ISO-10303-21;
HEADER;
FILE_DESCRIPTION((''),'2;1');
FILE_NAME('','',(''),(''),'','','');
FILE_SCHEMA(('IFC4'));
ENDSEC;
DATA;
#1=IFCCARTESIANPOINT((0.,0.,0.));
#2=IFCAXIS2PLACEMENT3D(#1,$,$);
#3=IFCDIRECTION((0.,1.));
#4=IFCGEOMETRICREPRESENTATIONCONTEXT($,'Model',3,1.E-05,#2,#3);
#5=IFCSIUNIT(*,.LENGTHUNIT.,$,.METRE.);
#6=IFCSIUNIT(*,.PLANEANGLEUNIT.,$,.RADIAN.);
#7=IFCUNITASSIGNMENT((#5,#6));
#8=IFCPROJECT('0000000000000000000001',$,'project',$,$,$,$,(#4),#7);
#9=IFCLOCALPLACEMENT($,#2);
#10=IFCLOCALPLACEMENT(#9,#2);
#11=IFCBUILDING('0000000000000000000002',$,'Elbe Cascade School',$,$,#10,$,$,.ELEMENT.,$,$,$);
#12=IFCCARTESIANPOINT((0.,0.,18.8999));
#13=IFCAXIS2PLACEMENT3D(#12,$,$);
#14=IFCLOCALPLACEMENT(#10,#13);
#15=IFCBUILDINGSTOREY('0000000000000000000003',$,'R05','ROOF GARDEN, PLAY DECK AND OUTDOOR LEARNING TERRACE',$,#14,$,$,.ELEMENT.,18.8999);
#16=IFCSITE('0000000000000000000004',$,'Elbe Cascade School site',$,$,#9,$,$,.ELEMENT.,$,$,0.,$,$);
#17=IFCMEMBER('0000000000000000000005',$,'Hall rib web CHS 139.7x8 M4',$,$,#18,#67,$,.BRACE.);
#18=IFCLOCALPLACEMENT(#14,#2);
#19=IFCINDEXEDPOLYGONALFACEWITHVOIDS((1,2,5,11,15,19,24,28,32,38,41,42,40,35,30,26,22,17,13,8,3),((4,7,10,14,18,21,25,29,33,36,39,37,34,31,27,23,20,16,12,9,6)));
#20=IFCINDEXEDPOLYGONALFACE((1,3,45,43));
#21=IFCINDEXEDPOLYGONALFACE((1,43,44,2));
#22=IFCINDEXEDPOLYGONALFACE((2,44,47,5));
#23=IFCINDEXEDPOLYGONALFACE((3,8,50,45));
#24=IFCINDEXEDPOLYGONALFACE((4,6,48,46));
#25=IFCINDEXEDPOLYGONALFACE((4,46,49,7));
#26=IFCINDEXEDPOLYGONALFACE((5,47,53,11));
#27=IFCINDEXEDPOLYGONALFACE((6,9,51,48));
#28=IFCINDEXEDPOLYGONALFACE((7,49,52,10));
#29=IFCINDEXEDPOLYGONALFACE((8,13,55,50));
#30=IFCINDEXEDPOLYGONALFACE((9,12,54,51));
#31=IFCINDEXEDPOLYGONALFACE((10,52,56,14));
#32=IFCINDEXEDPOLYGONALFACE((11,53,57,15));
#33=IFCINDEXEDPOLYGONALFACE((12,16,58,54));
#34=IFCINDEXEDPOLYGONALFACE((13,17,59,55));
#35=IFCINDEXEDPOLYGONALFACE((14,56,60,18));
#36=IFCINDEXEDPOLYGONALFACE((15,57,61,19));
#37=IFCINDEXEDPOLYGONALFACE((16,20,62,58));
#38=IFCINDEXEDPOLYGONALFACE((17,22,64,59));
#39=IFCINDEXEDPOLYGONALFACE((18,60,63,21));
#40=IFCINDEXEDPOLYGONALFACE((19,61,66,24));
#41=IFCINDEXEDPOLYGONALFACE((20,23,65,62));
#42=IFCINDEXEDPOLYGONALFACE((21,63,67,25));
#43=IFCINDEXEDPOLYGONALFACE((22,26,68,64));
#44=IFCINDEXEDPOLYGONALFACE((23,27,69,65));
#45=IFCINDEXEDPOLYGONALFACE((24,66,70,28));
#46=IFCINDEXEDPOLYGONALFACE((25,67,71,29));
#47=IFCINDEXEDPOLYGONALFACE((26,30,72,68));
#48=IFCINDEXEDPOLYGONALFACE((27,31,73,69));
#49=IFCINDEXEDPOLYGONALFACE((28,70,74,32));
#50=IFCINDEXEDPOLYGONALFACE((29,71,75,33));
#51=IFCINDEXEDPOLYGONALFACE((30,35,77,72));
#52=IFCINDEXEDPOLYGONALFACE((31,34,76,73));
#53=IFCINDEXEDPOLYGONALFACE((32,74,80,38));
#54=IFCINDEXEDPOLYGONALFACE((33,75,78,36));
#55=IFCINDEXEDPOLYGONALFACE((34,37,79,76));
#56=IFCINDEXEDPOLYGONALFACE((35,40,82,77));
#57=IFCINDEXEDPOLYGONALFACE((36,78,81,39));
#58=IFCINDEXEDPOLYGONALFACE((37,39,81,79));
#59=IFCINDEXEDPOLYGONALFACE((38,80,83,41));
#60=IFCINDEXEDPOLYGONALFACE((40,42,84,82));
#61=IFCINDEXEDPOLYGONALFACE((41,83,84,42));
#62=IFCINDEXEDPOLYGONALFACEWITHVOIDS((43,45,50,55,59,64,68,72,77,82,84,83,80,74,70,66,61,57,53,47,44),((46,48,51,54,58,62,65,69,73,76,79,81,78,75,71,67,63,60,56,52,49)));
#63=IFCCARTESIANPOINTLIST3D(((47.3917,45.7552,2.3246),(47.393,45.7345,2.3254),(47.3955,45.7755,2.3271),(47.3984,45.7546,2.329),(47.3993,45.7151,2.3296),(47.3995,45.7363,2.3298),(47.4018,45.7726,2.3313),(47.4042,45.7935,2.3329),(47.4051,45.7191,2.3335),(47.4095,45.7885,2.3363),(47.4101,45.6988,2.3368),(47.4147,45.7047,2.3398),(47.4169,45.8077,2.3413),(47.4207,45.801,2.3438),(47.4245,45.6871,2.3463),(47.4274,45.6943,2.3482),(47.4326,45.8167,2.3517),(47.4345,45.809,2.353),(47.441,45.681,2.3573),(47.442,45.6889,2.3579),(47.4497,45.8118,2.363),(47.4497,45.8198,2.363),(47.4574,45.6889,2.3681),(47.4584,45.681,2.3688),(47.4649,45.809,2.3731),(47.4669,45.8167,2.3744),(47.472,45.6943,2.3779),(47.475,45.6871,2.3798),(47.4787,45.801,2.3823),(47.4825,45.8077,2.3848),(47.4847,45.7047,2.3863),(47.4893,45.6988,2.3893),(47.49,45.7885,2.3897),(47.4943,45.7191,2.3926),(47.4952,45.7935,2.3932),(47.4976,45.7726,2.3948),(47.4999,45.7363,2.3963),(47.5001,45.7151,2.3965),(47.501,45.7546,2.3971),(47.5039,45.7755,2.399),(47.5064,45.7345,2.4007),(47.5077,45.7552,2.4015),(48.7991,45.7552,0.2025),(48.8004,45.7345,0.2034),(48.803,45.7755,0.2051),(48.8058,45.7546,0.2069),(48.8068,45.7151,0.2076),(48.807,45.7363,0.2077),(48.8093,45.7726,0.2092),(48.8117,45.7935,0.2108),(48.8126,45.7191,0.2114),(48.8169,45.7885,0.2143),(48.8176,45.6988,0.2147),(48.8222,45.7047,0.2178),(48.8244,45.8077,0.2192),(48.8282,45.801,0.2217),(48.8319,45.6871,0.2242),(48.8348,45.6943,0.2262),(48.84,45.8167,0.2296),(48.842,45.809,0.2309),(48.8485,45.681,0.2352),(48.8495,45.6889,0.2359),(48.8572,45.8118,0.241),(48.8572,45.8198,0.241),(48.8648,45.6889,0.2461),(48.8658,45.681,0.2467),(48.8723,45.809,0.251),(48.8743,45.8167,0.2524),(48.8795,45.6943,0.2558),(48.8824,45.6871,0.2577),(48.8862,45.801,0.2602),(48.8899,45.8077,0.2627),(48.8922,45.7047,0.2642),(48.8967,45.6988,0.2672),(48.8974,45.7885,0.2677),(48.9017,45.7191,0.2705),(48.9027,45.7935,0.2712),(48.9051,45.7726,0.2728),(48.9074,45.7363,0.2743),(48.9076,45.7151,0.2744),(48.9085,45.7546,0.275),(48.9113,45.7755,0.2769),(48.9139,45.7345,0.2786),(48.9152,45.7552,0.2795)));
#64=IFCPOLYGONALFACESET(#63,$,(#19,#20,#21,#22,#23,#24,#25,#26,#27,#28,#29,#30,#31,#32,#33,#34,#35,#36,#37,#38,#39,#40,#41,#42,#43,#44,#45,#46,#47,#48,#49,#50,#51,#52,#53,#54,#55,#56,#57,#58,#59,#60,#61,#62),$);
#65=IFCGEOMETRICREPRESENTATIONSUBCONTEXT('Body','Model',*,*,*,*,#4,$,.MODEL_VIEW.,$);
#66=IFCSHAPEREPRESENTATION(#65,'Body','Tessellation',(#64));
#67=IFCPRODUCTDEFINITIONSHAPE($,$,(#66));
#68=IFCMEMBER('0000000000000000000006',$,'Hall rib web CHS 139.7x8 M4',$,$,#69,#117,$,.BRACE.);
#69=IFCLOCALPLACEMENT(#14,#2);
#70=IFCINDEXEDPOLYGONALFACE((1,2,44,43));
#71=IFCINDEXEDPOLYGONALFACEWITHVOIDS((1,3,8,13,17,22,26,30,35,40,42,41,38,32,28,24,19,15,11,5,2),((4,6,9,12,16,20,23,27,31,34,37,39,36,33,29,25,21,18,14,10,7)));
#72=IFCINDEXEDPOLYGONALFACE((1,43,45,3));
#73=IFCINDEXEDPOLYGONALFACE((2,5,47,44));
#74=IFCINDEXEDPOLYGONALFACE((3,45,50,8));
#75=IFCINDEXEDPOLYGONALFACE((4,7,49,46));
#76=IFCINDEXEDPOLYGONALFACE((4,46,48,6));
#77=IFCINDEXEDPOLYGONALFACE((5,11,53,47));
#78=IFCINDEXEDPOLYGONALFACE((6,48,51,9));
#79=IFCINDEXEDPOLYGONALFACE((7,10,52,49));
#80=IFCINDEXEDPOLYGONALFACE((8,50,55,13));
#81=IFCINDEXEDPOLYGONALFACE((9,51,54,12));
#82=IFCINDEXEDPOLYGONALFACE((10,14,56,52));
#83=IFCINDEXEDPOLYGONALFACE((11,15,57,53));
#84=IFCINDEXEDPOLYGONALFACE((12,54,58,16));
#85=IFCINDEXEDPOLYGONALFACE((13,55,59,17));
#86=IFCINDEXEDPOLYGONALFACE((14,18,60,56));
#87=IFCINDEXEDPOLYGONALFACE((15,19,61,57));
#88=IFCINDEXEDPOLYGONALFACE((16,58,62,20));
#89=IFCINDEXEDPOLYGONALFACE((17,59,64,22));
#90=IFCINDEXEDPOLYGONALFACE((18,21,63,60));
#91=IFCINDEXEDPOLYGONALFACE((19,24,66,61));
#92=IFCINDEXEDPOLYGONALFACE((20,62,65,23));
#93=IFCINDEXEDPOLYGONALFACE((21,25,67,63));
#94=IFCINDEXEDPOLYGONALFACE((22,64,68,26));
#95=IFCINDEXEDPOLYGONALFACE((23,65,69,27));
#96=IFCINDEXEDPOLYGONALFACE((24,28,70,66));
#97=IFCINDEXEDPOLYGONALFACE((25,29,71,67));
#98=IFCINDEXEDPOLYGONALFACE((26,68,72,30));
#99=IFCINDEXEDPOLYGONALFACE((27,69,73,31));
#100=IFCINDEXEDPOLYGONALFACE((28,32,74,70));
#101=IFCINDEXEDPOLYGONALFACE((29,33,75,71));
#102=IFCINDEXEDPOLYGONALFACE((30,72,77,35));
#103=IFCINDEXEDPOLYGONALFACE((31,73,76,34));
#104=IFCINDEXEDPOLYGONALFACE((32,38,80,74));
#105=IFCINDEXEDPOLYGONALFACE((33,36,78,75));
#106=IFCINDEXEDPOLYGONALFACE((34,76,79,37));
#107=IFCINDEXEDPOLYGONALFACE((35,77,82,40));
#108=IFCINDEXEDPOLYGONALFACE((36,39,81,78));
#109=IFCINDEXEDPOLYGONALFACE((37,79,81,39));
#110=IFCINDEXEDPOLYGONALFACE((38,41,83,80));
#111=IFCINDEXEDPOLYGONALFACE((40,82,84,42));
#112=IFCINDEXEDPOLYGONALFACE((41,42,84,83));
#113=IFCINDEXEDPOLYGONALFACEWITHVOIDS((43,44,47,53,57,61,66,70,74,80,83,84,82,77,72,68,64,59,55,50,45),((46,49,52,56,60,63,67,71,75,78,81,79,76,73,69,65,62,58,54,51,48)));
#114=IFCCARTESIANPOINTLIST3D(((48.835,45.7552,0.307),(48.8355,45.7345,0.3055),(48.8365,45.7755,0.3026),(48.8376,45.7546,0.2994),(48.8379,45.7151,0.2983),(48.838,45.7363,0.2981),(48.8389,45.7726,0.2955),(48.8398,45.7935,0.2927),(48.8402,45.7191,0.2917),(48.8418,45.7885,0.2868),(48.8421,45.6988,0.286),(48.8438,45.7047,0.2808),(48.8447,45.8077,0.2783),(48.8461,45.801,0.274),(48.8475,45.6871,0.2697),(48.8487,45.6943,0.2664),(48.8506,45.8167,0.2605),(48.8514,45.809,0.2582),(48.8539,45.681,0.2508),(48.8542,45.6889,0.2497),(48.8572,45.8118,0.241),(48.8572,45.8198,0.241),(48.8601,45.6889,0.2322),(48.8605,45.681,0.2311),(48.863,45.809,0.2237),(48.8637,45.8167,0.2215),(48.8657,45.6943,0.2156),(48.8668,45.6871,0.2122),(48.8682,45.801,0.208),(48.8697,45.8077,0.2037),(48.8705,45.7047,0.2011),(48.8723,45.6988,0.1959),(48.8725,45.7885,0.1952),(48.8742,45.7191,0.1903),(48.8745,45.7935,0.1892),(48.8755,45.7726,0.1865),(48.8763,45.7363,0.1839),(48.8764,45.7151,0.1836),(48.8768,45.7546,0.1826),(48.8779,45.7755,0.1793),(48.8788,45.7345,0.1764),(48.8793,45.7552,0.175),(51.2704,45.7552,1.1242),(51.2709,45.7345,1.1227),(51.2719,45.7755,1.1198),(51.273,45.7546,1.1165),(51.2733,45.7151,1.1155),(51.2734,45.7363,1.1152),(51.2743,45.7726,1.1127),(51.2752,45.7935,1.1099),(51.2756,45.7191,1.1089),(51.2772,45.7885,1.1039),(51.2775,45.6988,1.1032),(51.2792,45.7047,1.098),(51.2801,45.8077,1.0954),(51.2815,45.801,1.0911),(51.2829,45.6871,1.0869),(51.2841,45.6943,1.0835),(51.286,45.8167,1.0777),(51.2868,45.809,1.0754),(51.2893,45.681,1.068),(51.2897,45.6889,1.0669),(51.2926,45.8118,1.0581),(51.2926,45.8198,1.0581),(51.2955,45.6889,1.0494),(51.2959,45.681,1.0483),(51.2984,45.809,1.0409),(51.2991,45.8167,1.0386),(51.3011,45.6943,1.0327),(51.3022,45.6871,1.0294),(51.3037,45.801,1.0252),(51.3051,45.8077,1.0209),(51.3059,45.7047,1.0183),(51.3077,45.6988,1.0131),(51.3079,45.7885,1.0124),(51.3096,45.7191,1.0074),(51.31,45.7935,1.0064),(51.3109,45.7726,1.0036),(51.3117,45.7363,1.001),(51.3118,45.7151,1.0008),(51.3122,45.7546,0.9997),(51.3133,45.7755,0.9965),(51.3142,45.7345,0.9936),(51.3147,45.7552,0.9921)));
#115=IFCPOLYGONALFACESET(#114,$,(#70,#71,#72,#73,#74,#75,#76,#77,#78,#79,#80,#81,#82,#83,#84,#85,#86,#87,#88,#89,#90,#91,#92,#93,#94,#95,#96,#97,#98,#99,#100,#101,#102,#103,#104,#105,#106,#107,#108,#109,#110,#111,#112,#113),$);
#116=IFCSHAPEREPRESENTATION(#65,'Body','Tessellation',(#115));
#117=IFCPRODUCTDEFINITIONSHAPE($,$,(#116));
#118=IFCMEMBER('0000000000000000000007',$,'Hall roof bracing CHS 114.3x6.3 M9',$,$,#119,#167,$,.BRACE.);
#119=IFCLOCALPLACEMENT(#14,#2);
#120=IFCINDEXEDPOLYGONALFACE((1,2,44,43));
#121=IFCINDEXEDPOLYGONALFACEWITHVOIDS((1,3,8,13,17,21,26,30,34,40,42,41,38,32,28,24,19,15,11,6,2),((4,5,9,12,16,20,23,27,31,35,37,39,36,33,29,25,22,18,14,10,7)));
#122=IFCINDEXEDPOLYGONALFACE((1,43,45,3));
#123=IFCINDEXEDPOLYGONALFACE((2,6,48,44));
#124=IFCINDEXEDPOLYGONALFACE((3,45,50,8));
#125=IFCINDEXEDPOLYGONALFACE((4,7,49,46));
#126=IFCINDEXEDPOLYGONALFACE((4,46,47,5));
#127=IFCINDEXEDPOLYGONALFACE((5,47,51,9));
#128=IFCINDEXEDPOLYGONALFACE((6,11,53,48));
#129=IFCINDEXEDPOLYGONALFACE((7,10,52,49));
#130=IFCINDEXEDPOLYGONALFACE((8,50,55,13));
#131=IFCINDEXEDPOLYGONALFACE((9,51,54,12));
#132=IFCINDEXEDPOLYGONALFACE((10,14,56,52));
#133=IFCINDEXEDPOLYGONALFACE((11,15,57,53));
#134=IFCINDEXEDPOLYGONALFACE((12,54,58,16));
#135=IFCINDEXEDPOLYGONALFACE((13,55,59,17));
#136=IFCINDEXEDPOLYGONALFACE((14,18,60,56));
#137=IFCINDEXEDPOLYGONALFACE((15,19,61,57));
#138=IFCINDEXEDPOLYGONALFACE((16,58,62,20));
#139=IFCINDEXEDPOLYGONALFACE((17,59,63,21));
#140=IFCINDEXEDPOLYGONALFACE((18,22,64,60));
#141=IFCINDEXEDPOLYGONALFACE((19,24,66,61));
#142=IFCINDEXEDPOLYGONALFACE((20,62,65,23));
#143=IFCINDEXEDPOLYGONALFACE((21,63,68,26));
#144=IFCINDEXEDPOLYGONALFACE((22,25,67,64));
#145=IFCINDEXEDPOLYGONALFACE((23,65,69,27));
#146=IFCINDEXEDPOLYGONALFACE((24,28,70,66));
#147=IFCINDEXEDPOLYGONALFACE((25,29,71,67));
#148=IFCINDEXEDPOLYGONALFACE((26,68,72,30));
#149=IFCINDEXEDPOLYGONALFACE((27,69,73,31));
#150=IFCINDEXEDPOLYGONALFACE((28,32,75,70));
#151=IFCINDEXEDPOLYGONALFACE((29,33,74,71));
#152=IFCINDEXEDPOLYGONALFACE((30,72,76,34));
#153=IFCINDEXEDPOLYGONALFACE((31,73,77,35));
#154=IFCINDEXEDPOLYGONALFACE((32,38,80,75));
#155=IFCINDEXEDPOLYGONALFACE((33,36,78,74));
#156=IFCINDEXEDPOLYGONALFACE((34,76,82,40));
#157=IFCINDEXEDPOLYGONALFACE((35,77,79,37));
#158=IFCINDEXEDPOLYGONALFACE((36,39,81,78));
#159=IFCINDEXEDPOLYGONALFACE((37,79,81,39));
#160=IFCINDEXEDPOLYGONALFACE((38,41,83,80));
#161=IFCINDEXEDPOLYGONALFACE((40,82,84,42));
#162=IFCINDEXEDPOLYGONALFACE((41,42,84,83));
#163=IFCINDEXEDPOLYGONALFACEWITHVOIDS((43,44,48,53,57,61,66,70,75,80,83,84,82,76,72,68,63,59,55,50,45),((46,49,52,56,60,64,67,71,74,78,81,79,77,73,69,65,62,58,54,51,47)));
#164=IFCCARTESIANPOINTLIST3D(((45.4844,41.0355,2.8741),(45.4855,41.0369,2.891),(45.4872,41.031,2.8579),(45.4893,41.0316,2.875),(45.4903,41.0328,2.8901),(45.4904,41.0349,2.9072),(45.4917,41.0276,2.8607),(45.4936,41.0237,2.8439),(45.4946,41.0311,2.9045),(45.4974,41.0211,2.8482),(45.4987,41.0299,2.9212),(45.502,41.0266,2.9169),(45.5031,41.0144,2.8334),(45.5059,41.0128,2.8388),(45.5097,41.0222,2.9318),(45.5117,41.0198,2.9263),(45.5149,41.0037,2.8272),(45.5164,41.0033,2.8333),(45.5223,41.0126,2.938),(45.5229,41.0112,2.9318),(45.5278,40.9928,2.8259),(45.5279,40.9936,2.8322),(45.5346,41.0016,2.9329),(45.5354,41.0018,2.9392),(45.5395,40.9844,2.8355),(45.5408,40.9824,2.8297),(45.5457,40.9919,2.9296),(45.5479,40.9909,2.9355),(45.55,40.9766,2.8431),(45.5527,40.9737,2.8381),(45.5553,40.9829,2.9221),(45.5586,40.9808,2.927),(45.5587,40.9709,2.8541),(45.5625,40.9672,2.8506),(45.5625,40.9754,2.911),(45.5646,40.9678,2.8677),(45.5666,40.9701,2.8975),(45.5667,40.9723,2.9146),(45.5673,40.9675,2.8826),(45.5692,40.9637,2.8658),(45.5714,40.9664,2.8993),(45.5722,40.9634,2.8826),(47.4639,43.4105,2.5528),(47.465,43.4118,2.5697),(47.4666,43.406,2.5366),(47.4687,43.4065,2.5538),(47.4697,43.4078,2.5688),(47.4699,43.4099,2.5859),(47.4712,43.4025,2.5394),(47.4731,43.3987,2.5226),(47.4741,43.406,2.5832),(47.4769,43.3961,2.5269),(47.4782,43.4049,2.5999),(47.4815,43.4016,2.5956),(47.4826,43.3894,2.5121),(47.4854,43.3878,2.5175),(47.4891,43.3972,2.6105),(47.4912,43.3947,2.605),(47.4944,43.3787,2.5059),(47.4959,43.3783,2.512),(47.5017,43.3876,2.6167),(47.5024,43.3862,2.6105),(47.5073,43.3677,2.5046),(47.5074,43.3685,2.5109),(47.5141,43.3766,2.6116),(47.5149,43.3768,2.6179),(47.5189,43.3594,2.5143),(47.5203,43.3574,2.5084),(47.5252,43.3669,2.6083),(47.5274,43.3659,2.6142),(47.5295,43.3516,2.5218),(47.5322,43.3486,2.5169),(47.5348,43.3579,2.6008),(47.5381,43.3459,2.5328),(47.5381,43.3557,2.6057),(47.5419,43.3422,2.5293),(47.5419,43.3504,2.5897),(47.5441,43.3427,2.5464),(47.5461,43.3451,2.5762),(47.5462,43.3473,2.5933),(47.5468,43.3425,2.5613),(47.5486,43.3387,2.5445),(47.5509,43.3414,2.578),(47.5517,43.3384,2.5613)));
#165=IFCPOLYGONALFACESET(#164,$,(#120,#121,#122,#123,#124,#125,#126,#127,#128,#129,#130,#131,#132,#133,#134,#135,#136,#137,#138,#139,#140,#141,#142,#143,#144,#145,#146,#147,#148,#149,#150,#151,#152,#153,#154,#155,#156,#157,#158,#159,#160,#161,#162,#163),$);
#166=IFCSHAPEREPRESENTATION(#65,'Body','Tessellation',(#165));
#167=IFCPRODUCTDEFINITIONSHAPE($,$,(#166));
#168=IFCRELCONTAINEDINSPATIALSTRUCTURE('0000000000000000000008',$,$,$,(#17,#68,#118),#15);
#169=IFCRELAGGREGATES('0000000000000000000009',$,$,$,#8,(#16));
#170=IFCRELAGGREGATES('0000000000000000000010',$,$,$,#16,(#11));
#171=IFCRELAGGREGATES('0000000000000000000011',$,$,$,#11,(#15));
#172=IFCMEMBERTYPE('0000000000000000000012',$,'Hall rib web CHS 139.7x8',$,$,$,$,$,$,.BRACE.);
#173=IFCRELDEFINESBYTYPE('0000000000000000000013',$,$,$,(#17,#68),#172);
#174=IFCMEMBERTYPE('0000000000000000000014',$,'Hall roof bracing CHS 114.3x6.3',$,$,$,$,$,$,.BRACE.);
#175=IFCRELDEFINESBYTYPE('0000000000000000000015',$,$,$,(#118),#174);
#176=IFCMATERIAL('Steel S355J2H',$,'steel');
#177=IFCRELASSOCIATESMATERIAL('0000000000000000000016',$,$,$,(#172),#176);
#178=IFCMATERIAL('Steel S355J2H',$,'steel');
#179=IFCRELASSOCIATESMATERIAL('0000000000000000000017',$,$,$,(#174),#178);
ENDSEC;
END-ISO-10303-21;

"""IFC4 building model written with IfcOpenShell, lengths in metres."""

from ifc_helpers import new_model, si_unit, direction, frame, origin, origin_2d, place, context, subcontext, project, spatial, hollow_circle, extrude, material, material_profile, profile_set, type_object, element, save


model = new_model("IFC4")

# Units and contexts
model_context = context("Model", 3, precision=1e-05, world=origin(), true_north=direction((0.0, 1.0)))
body_context = subcontext(model_context, "Body", "Model", "MODEL_VIEW")
ifc_project = project(units=[si_unit("LENGTHUNIT", "METRE"), si_unit("PLANEANGLEUNIT", "RADIAN")], contexts=[model_context])

# Site, building, storey
site_placement = place(None, origin())
site = spatial("IfcSite", under=ifc_project, at=site_placement, Name="Elbe Cascade School site", CompositionType="ELEMENT", RefElevation=0.0)
building_placement = place(site_placement, origin())
building = spatial("IfcBuilding", under=site, at=building_placement, Name="Elbe Cascade School", CompositionType="ELEMENT")
storey_placement = place(building_placement, frame((0.0, 0.0, 18.8999)))
storey = spatial("IfcBuildingStorey", under=building, at=storey_placement, Name="R05", Description="ROOF GARDEN, PLAY DECK AND OUTDOOR LEARNING TERRACE", CompositionType="ELEMENT", Elevation=18.8999)

# Members
ifc_material_1 = material(Name="Steel S355J2H", Category="steel")
ifc_material_profile_1 = material_profile(ifc_material_1, hollow_circle(Radius=0.0698, WallThickness=0.0081, at=origin_2d()), Name="CHS 139.7x8")
ifc_profile_set_1 = profile_set([ifc_material_profile_1], Name="Steel S355J2H")
member_type_1 = type_object("IfcMemberType", Name="Hall rib web CHS 139.7x8", PredefinedType="BRACE", material=ifc_profile_set_1)
member_1_placement = place(storey_placement, frame((47.4497, 45.75, 2.363), z_axis=(0.552729, 0.0, -0.833361), x_axis=(0.0, 1.0, 0.0)))
element("IfcMember", 1, at=member_1_placement, inside=storey, type_object=member_type_1, Name="Hall rib web CHS 139.7x8 M4", PredefinedType="BRACE", context=body_context, shape_type="SweptSolid", body=[
    extrude(hollow_circle(Radius=0.0698, WallThickness=0.0081, at=origin_2d()), origin(), (0.0, 0.0, 1.0), 2.5464),
])
member_2_placement = place(storey_placement, frame((48.8572, 45.75, 0.241), z_axis=(0.948054, 0.0, 0.318109), x_axis=(0.0, 1.0, 0.0)))
element("IfcMember", 2, at=member_2_placement, inside=storey, type_object=member_type_1, Name="Hall rib web CHS 139.7x8 M4", PredefinedType="BRACE", context=body_context, shape_type="SweptSolid", body=[
    extrude(hollow_circle(Radius=0.0698, WallThickness=0.0081, at=origin_2d()), origin(), (0.0, 0.0, 1.0), 2.5688),
])
ifc_material_2 = material(Name="Steel S355J2H", Category="steel")
ifc_material_profile_2 = material_profile(ifc_material_2, hollow_circle(Radius=0.0571, WallThickness=0.0063, at=origin_2d()), Name="CHS 114.3x6.3")
ifc_profile_set_2 = profile_set([ifc_material_profile_2], Name="Steel S355J2H")
member_type_2 = type_object("IfcMemberType", Name="Hall roof bracing CHS 114.3x6.3", PredefinedType="BRACE", material=ifc_profile_set_2)
member_3_placement = place(storey_placement, frame((47.5078, 43.375, 2.5613), z_axis=(-0.636817, -0.764055, 0.103361), x_axis=(0.768169, -0.640247, 0.0)))
element("IfcMember", 3, at=member_3_placement, inside=storey, type_object=member_type_2, Name="Hall roof bracing CHS 114.3x6.3 M9", PredefinedType="BRACE", context=body_context, shape_type="SweptSolid", body=[
    extrude(hollow_circle(Radius=0.0571, WallThickness=0.0063, at=origin_2d()), origin(), (0.0, 0.0, 1.0), 3.1084),
])

save(model, "model.ifc")
